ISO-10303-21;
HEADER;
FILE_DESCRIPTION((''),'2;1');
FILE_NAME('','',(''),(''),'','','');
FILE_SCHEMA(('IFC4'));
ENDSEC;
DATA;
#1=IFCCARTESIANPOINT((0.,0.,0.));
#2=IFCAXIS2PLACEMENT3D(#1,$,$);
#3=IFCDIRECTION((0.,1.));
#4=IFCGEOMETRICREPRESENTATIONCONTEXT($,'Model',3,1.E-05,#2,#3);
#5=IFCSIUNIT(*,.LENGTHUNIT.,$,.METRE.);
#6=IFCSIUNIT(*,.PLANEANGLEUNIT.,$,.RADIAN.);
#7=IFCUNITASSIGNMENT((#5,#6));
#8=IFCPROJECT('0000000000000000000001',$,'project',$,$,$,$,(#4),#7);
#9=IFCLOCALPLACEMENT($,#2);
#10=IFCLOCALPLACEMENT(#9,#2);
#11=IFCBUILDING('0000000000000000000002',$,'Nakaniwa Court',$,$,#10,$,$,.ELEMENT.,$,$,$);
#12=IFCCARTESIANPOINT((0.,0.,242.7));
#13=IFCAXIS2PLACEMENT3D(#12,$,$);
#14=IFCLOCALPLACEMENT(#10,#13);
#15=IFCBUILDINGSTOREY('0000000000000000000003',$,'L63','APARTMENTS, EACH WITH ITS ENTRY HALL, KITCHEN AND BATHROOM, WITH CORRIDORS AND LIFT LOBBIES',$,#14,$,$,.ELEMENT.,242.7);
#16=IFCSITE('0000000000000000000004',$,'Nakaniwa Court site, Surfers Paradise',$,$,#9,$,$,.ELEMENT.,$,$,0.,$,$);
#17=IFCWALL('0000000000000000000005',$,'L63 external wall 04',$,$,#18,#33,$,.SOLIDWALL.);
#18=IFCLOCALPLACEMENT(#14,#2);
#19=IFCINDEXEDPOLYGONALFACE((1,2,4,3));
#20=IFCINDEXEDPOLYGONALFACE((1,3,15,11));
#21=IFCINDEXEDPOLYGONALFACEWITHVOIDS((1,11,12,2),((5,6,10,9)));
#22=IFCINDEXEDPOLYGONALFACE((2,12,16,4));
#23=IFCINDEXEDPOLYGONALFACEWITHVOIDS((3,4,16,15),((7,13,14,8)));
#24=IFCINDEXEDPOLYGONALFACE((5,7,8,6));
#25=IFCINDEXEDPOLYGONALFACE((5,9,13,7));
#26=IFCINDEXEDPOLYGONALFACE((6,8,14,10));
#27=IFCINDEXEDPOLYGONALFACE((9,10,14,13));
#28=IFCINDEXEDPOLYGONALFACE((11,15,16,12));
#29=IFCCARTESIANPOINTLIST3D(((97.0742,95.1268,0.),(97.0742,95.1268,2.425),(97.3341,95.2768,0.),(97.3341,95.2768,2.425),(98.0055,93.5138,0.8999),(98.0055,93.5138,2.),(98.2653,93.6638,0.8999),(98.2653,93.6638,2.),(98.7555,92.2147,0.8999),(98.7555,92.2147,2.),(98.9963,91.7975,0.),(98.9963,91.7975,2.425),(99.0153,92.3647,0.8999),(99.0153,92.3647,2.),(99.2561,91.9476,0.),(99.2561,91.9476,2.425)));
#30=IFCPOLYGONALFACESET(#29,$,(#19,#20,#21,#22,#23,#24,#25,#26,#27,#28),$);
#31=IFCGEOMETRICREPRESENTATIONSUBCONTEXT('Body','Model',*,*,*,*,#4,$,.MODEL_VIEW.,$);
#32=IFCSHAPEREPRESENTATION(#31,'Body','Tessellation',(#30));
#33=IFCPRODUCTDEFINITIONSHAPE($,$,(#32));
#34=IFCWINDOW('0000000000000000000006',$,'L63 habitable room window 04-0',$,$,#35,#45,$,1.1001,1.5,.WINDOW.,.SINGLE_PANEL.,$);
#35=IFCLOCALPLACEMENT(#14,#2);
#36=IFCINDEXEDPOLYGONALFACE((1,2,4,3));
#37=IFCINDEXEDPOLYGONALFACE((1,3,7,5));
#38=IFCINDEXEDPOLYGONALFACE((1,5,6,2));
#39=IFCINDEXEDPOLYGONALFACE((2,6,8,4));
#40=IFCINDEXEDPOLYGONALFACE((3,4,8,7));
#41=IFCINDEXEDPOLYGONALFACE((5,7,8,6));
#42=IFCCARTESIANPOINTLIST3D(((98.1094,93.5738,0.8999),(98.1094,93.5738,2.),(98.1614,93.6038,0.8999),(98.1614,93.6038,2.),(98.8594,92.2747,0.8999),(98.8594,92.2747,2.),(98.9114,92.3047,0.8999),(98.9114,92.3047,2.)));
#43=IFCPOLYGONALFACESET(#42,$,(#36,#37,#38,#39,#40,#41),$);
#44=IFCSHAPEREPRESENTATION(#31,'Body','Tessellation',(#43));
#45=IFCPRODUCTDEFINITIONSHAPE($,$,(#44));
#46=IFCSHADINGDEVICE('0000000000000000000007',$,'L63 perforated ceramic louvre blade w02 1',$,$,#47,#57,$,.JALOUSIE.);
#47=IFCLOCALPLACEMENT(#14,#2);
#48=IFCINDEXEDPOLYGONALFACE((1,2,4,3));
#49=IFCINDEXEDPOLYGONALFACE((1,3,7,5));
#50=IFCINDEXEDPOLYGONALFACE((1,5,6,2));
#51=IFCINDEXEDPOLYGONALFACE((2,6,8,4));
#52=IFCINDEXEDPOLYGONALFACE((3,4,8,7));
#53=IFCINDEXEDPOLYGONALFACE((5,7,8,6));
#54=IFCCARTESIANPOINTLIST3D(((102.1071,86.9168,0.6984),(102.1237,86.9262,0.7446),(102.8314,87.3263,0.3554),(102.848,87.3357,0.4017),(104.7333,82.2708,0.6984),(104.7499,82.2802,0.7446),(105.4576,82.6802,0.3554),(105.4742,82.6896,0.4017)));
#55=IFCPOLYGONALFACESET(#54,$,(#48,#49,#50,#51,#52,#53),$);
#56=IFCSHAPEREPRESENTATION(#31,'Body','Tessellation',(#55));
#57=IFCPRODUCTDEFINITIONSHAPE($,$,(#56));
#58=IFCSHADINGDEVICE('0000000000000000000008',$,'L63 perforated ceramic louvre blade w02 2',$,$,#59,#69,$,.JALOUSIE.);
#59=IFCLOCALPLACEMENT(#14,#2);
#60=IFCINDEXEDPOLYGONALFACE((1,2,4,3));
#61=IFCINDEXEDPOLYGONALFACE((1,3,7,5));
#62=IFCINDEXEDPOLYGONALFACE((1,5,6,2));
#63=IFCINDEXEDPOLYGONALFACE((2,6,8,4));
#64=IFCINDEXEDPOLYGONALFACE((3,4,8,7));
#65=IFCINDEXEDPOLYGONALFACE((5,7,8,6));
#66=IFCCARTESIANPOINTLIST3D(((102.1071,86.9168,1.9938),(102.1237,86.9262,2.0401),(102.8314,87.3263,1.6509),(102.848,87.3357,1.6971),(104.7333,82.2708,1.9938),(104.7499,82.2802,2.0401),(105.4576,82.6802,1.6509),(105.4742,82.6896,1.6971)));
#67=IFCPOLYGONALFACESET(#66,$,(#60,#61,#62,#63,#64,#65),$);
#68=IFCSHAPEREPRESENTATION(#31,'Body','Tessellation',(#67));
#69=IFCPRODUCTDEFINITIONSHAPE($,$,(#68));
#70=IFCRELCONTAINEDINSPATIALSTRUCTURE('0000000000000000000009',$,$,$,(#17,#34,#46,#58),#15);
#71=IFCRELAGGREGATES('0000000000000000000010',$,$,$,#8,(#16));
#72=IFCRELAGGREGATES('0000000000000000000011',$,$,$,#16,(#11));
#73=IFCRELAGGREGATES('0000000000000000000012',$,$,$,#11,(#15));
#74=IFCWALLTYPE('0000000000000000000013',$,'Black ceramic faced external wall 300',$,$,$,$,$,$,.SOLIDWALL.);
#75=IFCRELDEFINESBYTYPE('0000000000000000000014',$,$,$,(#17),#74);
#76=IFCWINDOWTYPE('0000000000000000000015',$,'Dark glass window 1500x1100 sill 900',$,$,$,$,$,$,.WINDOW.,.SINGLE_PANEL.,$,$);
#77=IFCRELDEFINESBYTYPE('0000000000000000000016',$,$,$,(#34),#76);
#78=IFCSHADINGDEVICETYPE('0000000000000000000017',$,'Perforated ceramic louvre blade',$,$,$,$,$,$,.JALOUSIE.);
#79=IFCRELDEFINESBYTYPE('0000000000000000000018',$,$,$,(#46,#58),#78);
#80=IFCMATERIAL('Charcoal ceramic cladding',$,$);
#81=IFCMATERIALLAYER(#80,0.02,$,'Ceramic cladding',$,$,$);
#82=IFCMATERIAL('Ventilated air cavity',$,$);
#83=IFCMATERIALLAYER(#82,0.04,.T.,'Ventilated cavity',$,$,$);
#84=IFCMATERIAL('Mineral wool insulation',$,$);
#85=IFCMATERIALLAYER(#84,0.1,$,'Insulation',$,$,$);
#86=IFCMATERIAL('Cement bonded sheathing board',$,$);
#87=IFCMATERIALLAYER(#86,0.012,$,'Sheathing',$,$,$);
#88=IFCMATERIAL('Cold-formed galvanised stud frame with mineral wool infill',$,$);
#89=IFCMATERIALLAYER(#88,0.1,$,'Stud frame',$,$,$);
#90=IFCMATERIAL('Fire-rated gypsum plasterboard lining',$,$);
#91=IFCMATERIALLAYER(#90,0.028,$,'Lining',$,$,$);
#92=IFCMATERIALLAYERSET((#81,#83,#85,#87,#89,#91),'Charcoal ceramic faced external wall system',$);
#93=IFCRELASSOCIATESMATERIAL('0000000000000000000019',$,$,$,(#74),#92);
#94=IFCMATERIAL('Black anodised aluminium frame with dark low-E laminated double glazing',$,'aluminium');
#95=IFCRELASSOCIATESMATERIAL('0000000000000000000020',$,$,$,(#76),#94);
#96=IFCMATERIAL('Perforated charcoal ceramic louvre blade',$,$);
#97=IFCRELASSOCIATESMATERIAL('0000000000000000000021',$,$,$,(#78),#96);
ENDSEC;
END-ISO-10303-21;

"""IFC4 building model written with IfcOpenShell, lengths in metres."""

from ifc_helpers import new_model, si_unit, direction, frame, frame_2d, origin, origin_2d, place, context, subcontext, project, spatial, rectangle, extrude, material, layer, layer_set, material_profile, profile_set, type_object, element, fill, save


model = new_model("IFC4")

# Units and contexts
model_context = context("Model", 3, precision=1e-05, world=origin(), true_north=direction((0.0, 1.0)))
body_context = subcontext(model_context, "Body", "Model", "MODEL_VIEW")
ifc_project = project(units=[si_unit("LENGTHUNIT", "METRE"), si_unit("PLANEANGLEUNIT", "RADIAN")], contexts=[model_context])

# Site, building, storey
site_placement = place(None, origin())
site = spatial("IfcSite", under=ifc_project, at=site_placement, Name="Nakaniwa Court site, Surfers Paradise", CompositionType="ELEMENT", RefElevation=0.0)
building_placement = place(site_placement, origin())
building = spatial("IfcBuilding", under=site, at=building_placement, Name="Nakaniwa Court", CompositionType="ELEMENT")
storey_placement = place(building_placement, frame((0.0, 0.0, 242.7)))
storey = spatial("IfcBuildingStorey", under=building, at=storey_placement, Name="L63", Description="APARTMENTS, EACH WITH ITS ENTRY HALL, KITCHEN AND BATHROOM, WITH CORRIDORS AND LIFT LOBBIES", CompositionType="ELEMENT", Elevation=242.7)

# Wall, opening, window
ifc_material_1 = material(Name="Charcoal ceramic cladding")
ifc_layer_1 = layer(ifc_material_1, 0.02, Name="Ceramic cladding")
ifc_material_2 = material(Name="Ventilated air cavity")
ifc_layer_2 = layer(ifc_material_2, 0.04, ventilated=True, Name="Ventilated cavity")
ifc_material_3 = material(Name="Mineral wool insulation")
ifc_layer_3 = layer(ifc_material_3, 0.1, Name="Insulation")
ifc_material_4 = material(Name="Cement bonded sheathing board")
ifc_layer_4 = layer(ifc_material_4, 0.012, Name="Sheathing")
ifc_material_5 = material(Name="Cold-formed galvanised stud frame with mineral wool infill")
ifc_layer_5 = layer(ifc_material_5, 0.1, Name="Stud frame")
ifc_material_6 = material(Name="Fire-rated gypsum plasterboard lining")
ifc_layer_6 = layer(ifc_material_6, 0.028, Name="Lining")
ifc_layer_set = layer_set([ifc_layer_1, ifc_layer_2, ifc_layer_3, ifc_layer_4, ifc_layer_5, ifc_layer_6], Name="Charcoal ceramic faced external wall system")
wall_type = type_object("IfcWallType", Name="Black ceramic faced external wall 300", PredefinedType="SOLIDWALL", material=ifc_layer_set)
ifc_material_7 = material(Name="Black anodised aluminium frame with dark low-E laminated double glazing", Category="aluminium")
window_type_1 = type_object("IfcWindowType", Name="Dark glass window 1500x1100 sill 900", PartitioningType="SINGLE_PANEL", PredefinedType="WINDOW", material=ifc_material_7)
wall_1_placement = place(storey_placement, frame((99.1262, 91.8726, 0.0), z_axis=(0.0, 0.0, 1.0), x_axis=(-0.499984, 0.866034, 0.0)))
wall_1 = element("IfcWall", 1, at=wall_1_placement, inside=storey, type_object=wall_type, Name="L63 external wall 04", PredefinedType="SOLIDWALL", context=body_context, shape_type="SweptSolid", body=[
    extrude(rectangle(XDim=3.8442, YDim=0.3, at=frame_2d((1.9221, 0.0))), origin(), (0.0, 0.0, 1.0), 2.425),
])
opening_1_placement = place(wall_1_placement, frame((0.4817, 0.0, 0.8999)))
opening_1 = element("IfcOpeningElement", 2, at=opening_1_placement, cuts=wall_1, PredefinedType="OPENING", context=body_context, shape_type="SweptSolid", body=[
    extrude(rectangle(XDim=1.5, YDim=1.1001, at=frame_2d((0.75, 0.55))), frame((0.0, 0.1599, 0.0), z_axis=(0.0, -1.0, 0.0), x_axis=(1.0, 0.0, 0.0)), (0.0, 0.0, 1.0), 0.3201),
])
window_1_placement = place(opening_1_placement, origin())
window_1 = element("IfcWindow", 3, at=window_1_placement, inside=storey, type_object=window_type_1, Name="L63 habitable room window 04-0", OverallHeight=1.1001, OverallWidth=1.5, PartitioningType="SINGLE_PANEL", PredefinedType="WINDOW", context=body_context, shape_type="SweptSolid", body=[
    extrude(rectangle(XDim=1.5, YDim=1.1001, at=frame_2d((0.75, 0.55))), frame((0.0, 0.03, 0.0), z_axis=(0.0, -1.0, 0.0), x_axis=(1.0, 0.0, 0.0)), (0.0, 0.0, 1.0), 0.0601),
])
fill(opening_1, window_1)

# Shading devices
ifc_material_8 = material(Name="Perforated charcoal ceramic louvre blade")
ifc_material_profile_1 = material_profile(ifc_material_8, rectangle(XDim=0.8999, YDim=0.05, at=origin_2d()), Name="Perforated ceramic louvre blade")
ifc_profile_set_1 = profile_set([ifc_material_profile_1], Name="Perforated charcoal ceramic louvre blade")
shading_device_type = type_object("IfcShadingDeviceType", Name="Perforated ceramic louvre blade", PredefinedType="JALOUSIE", material=ifc_profile_set_1)
for number, where, z_axis, x_axis, name in (
    (4, (105.1038, 82.4802, 0.55), (-0.492089, 0.870545, 0.0), (-0.804859, -0.454959, 0.38107), "L63 perforated ceramic louvre blade w02 1"),
    (5, (105.1038, 82.4802, 1.8455), (-0.492089, 0.870545, 0.0), (-0.804859, -0.454959, 0.38107), "L63 perforated ceramic louvre blade w02 2"),
):
    element("IfcShadingDevice", number, at=place(storey_placement, frame(where, z_axis=z_axis, x_axis=x_axis)), inside=storey, type_object=shading_device_type, Name=name, PredefinedType="JALOUSIE", context=body_context, shape_type="SweptSolid", body=[
        extrude(rectangle(XDim=0.8999, YDim=0.05, at=origin_2d()), origin(), (0.0, 0.0, 1.0), 5.3369),
    ])

save(model, "model.ifc")
